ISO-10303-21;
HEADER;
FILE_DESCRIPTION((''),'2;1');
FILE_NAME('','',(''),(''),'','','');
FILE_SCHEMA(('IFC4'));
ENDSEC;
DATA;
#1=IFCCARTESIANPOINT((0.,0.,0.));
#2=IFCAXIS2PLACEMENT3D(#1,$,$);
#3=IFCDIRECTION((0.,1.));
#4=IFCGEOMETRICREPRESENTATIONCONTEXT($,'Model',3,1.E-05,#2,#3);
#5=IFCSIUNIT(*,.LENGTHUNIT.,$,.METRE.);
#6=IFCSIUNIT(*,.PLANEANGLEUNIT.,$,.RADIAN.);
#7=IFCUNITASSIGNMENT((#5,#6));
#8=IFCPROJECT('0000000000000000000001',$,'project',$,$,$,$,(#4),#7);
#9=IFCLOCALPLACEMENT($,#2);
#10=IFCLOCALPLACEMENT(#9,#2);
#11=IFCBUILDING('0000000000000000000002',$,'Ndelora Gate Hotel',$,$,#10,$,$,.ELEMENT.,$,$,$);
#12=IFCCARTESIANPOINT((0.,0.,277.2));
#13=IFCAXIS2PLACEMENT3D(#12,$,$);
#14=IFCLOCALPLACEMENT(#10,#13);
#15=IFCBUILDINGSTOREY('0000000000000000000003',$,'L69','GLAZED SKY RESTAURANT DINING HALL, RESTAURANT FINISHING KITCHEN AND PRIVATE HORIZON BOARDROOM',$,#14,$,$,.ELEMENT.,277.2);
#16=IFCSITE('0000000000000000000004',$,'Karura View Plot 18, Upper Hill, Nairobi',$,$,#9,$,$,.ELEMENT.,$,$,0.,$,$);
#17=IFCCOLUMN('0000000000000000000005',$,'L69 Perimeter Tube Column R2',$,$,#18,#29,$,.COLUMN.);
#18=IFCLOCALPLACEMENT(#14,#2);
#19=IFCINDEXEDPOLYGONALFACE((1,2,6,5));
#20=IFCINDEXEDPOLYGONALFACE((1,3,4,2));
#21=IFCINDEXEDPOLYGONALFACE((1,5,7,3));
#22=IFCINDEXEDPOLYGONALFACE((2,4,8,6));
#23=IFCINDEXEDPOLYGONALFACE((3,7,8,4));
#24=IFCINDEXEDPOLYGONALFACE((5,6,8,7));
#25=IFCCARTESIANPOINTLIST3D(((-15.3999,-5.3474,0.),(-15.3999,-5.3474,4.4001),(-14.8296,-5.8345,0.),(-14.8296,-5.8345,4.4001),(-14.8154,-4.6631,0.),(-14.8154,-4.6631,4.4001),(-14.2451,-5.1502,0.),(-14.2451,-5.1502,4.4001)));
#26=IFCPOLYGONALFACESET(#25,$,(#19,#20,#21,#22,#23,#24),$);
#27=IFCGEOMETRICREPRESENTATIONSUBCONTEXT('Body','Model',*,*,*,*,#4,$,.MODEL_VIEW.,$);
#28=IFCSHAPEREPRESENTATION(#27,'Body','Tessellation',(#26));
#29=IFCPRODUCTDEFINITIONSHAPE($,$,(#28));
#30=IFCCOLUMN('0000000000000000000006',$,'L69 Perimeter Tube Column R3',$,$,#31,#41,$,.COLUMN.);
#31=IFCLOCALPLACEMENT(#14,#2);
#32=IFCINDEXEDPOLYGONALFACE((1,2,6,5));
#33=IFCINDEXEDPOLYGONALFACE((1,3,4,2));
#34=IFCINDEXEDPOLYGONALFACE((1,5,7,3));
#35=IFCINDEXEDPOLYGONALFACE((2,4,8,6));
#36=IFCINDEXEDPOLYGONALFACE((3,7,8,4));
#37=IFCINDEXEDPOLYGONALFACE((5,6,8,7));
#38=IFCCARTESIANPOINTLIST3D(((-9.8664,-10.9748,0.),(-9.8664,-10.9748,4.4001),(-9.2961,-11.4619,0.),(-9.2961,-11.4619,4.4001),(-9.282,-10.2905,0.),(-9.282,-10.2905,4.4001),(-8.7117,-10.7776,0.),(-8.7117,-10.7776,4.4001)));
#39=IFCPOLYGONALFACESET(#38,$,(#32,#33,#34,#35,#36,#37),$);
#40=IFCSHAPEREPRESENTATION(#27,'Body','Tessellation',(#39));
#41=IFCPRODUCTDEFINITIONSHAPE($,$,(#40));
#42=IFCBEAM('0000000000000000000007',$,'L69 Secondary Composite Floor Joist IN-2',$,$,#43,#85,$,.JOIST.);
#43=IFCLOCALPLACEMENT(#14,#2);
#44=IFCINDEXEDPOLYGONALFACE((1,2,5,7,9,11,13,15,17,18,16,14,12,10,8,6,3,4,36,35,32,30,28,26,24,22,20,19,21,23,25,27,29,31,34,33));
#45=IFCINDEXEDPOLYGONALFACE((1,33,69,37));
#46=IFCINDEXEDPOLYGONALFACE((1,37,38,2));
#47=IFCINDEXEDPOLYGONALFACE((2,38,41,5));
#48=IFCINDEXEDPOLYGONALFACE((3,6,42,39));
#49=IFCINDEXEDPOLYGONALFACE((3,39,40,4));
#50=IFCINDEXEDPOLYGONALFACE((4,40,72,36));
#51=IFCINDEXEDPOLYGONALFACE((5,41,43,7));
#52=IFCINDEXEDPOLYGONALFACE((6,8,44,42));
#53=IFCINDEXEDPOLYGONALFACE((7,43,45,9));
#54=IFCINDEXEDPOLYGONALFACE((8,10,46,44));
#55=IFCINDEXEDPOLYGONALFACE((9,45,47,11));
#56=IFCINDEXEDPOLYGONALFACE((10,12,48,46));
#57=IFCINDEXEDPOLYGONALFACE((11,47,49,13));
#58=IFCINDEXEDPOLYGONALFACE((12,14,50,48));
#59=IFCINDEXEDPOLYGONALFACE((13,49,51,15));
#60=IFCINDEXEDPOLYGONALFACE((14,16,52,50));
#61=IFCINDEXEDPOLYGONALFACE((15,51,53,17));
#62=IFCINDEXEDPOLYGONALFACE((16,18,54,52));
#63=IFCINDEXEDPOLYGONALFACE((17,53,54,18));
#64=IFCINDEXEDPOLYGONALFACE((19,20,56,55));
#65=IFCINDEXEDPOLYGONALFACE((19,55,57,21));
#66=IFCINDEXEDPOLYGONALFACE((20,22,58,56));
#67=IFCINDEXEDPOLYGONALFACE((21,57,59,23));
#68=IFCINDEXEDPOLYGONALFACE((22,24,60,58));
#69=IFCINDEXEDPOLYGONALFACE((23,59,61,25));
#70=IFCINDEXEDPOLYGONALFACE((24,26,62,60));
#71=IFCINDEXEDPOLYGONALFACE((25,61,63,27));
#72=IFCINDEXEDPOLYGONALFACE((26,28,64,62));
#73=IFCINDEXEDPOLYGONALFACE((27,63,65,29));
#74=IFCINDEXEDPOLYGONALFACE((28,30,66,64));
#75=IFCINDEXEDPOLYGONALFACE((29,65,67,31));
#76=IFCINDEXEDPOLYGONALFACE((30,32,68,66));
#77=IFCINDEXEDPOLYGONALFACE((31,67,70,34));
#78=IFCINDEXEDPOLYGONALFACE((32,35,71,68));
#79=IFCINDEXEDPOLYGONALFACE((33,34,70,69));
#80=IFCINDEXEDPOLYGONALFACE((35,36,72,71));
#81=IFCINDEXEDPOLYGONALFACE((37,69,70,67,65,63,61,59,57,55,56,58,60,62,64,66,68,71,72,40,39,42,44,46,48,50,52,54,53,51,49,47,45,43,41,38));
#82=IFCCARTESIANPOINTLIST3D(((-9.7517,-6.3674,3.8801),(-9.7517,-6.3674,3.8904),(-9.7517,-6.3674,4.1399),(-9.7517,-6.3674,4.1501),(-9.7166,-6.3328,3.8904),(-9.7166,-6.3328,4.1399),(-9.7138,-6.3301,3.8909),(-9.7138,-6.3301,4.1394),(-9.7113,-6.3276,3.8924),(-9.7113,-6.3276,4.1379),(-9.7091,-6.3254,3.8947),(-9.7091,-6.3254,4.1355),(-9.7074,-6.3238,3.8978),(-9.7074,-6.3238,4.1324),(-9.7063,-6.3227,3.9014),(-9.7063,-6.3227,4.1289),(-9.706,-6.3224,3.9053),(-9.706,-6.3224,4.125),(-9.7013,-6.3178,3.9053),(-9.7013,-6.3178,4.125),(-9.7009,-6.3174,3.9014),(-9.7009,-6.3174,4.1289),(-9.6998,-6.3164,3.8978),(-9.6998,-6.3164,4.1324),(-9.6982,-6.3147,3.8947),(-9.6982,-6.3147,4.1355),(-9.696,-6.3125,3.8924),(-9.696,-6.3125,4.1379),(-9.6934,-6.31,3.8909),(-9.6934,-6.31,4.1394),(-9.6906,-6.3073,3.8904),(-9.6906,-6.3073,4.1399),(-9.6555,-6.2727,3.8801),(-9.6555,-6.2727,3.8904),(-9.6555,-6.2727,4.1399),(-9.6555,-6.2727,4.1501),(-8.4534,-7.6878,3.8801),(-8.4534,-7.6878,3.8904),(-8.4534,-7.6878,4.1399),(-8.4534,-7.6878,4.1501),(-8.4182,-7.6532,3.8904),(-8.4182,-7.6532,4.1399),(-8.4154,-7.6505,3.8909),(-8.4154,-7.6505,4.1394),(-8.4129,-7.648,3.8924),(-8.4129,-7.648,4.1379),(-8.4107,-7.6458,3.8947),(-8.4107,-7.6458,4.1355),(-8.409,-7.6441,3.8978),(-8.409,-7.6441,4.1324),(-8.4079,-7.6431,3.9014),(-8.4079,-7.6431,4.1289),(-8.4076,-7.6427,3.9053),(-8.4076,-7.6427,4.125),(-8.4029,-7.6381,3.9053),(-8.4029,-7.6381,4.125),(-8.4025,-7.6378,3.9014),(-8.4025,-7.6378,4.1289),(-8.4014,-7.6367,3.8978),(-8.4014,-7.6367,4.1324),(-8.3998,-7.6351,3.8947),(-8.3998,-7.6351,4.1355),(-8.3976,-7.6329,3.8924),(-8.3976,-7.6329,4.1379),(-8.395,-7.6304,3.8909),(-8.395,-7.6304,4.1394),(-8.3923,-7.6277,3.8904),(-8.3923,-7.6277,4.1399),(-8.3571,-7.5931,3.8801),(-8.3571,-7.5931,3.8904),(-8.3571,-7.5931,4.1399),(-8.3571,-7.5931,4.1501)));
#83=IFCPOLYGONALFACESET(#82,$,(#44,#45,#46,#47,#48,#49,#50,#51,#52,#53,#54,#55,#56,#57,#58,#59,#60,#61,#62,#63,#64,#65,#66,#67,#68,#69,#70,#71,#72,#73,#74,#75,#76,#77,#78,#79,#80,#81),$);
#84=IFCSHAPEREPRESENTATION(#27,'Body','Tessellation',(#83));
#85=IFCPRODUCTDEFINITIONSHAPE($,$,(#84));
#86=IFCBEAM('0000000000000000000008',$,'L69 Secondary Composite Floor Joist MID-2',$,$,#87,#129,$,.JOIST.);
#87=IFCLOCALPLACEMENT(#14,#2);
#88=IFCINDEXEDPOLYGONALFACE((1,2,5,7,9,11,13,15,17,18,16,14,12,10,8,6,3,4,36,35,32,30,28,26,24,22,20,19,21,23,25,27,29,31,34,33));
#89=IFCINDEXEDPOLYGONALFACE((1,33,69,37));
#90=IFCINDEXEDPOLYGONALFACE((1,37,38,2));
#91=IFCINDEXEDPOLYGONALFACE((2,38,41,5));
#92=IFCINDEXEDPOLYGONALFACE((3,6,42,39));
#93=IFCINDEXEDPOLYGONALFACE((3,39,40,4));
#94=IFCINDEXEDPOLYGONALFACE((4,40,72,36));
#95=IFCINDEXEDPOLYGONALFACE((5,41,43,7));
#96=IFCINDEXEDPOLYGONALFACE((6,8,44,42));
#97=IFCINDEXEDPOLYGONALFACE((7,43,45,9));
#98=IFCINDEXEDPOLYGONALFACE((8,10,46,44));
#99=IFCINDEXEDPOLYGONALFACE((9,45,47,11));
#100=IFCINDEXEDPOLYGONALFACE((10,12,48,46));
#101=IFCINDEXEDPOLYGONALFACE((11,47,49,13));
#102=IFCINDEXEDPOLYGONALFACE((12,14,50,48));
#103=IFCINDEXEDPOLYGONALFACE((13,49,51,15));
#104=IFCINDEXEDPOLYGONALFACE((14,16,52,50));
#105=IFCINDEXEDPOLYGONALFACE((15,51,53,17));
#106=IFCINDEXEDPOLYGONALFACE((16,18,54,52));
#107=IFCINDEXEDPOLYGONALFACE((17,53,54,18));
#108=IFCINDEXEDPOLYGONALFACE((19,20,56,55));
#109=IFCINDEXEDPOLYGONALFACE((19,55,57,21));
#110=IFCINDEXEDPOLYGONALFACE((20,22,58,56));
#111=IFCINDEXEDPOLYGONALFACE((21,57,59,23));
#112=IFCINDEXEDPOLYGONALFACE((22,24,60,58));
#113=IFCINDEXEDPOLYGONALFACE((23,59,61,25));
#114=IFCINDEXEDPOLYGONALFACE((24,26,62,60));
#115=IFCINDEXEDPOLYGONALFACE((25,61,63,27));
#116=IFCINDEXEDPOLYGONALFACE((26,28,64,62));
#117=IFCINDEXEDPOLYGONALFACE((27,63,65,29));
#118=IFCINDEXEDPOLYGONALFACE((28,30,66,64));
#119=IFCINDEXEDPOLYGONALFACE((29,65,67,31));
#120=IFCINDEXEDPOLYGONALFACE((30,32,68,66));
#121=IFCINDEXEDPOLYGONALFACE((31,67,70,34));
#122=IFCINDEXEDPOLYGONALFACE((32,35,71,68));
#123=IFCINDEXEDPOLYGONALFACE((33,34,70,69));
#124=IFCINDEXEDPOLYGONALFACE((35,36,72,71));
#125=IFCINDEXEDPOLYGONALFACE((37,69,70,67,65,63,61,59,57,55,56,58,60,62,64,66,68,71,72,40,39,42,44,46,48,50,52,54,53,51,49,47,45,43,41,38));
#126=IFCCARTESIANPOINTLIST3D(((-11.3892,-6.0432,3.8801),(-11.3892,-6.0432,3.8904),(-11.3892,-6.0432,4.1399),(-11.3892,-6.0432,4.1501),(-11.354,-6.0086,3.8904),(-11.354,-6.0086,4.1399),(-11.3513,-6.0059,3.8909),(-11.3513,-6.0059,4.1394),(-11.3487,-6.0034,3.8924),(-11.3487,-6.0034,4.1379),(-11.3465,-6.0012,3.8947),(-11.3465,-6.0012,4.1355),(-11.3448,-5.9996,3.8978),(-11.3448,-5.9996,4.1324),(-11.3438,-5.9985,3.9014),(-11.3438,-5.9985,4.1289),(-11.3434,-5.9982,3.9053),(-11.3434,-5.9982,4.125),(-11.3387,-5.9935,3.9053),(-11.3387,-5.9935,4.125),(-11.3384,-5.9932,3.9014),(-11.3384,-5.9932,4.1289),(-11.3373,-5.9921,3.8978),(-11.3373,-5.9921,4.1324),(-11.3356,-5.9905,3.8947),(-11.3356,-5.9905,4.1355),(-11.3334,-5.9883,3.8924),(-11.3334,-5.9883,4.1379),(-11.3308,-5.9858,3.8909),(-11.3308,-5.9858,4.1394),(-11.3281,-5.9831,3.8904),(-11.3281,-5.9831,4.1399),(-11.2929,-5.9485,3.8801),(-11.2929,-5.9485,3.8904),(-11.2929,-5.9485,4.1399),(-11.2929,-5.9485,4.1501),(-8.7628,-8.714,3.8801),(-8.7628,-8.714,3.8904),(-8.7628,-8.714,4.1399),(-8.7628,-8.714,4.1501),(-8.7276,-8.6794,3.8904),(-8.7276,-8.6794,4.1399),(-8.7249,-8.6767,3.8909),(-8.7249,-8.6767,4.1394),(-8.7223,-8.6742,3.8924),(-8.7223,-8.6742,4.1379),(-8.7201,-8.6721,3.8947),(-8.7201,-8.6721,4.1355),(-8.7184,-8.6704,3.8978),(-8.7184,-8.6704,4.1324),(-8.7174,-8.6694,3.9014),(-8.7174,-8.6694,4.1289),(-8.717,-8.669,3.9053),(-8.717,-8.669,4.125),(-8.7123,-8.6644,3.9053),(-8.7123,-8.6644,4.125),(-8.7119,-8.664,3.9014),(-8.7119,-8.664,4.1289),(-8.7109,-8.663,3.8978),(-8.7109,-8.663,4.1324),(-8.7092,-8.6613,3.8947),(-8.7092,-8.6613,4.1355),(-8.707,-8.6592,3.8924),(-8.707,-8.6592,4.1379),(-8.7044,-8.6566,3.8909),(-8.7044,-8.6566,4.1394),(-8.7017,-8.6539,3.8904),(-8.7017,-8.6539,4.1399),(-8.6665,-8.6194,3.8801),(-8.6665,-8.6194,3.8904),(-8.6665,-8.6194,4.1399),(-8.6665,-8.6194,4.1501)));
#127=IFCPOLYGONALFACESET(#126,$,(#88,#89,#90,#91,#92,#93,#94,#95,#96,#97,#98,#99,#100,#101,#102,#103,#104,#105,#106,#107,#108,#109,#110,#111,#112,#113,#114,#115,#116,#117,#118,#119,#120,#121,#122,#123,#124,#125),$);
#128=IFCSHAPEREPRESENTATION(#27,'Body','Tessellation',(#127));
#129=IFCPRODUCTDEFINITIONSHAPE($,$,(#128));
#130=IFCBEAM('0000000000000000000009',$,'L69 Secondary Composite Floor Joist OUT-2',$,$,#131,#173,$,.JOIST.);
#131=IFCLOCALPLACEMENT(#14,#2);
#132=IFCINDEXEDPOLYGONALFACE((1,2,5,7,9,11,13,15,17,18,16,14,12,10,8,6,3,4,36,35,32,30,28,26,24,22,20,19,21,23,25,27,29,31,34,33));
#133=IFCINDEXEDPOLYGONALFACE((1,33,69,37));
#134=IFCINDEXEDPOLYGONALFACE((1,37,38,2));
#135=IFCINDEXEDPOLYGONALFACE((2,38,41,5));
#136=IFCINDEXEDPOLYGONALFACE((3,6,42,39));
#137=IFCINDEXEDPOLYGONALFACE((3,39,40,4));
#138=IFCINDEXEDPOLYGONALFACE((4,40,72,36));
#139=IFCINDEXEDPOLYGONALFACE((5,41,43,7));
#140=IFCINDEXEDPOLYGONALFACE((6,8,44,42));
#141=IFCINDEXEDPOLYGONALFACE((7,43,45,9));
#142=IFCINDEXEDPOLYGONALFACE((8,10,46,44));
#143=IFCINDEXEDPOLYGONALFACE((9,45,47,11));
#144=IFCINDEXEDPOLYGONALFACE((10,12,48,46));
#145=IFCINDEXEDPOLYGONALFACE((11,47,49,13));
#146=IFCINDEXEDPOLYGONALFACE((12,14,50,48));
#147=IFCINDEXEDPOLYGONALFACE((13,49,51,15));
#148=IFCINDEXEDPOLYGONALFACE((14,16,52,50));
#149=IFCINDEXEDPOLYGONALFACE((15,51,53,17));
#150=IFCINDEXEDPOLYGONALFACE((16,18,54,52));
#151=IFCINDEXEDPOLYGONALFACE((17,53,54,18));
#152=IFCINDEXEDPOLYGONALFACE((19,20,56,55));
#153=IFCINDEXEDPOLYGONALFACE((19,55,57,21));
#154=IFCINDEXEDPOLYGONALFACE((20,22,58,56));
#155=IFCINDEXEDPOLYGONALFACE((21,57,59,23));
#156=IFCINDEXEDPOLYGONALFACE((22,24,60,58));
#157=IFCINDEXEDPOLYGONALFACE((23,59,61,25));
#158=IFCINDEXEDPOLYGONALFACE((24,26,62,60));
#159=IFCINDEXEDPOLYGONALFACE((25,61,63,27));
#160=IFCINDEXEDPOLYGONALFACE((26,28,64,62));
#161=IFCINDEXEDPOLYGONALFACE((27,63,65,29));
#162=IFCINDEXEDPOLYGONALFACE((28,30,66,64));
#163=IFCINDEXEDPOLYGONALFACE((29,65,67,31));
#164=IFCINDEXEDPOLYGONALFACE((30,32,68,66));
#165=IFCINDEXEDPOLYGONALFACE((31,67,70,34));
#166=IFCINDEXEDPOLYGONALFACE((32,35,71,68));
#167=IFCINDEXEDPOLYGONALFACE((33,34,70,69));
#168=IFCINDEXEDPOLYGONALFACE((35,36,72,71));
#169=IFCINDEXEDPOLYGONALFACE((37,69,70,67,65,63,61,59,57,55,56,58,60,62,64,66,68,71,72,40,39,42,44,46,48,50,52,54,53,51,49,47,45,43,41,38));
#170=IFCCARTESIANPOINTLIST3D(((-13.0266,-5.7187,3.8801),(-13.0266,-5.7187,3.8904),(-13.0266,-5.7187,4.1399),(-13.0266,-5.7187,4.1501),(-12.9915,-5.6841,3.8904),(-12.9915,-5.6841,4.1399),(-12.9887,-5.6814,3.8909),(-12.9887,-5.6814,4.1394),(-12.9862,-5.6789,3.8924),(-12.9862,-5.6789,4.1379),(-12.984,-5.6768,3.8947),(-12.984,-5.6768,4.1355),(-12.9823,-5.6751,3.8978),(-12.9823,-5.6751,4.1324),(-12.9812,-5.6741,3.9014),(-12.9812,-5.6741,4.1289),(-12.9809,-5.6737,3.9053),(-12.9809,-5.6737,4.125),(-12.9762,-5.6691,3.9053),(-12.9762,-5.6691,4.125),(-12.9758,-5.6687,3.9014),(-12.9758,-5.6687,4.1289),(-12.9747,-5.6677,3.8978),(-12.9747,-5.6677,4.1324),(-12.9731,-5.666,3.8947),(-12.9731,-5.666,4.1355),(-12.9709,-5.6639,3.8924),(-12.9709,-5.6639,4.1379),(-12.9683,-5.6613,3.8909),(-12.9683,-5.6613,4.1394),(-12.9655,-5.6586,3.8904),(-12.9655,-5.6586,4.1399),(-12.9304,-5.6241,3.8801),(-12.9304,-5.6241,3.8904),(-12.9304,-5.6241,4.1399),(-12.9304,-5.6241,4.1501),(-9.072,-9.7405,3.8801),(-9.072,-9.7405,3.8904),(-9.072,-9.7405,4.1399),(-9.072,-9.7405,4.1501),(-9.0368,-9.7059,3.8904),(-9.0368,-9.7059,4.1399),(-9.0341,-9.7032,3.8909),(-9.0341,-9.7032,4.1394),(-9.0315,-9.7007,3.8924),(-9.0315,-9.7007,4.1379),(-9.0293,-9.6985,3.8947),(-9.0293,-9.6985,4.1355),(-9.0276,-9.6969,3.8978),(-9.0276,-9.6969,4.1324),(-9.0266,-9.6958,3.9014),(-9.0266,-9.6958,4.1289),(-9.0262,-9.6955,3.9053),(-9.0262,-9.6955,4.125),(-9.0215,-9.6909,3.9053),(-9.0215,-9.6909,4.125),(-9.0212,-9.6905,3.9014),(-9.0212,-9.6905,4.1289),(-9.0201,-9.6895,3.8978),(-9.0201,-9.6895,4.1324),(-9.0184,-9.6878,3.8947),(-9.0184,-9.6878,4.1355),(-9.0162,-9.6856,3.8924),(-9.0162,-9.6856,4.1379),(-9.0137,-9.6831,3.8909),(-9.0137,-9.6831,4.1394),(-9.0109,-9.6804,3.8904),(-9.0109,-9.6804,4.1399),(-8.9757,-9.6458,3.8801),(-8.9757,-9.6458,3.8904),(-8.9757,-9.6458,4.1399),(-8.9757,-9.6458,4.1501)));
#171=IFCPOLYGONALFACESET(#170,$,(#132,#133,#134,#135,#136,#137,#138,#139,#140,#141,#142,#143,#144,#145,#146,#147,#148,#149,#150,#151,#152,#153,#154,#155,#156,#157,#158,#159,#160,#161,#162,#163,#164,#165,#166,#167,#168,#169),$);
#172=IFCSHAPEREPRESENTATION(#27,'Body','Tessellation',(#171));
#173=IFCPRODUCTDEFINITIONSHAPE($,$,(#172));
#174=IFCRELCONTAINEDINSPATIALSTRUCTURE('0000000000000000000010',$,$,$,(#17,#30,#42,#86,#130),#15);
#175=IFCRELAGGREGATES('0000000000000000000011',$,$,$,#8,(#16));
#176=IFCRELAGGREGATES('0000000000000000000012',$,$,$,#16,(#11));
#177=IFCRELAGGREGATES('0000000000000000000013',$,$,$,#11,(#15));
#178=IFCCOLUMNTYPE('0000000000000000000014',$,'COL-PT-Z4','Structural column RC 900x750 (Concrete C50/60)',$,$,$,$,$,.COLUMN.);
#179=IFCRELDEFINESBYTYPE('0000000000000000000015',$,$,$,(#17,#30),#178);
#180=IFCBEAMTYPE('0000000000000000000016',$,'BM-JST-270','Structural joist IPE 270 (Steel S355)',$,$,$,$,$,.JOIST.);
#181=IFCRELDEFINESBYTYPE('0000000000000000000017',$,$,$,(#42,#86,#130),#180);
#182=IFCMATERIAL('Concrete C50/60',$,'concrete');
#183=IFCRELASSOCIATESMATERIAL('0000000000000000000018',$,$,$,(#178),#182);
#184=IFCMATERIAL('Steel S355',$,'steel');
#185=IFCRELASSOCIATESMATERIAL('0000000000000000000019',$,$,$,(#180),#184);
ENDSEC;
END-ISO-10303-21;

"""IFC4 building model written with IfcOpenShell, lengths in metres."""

from ifc_helpers import new_model, si_unit, direction, frame, origin, origin_2d, place, context, subcontext, project, spatial, rectangle, i_section, extrude, material, material_profile, profile_set, type_object, element, save


model = new_model("IFC4")

# Units and contexts
model_context = context("Model", 3, precision=1e-05, world=origin(), true_north=direction((0.0, 1.0)))
body_context = subcontext(model_context, "Body", "Model", "MODEL_VIEW")
ifc_project = project(units=[si_unit("LENGTHUNIT", "METRE"), si_unit("PLANEANGLEUNIT", "RADIAN")], contexts=[model_context])

# Site, building, storey
site_placement = place(None, origin())
site = spatial("IfcSite", under=ifc_project, at=site_placement, Name="Karura View Plot 18, Upper Hill, Nairobi", CompositionType="ELEMENT", RefElevation=0.0)
building_placement = place(site_placement, origin())
building = spatial("IfcBuilding", under=site, at=building_placement, Name="Ndelora Gate Hotel", CompositionType="ELEMENT")
storey_placement = place(building_placement, frame((0.0, 0.0, 277.2)))
storey = spatial("IfcBuildingStorey", under=building, at=storey_placement, Name="L69", Description="GLAZED SKY RESTAURANT DINING HALL, RESTAURANT FINISHING KITCHEN AND PRIVATE HORIZON BOARDROOM", CompositionType="ELEMENT", Elevation=277.2)

# Columns
ifc_material_1 = material(Name="Concrete C50/60", Category="concrete")
ifc_material_profile_1 = material_profile(ifc_material_1, rectangle(XDim=0.75, YDim=0.8999, at=origin_2d()), Name="RC 900x750")
ifc_profile_set_1 = profile_set([ifc_material_profile_1], Name="Concrete C50/60")
column_type = type_object("IfcColumnType", Name="COL-PT-Z4", Description="Structural column RC 900x750 (Concrete C50/60)", PredefinedType="COLUMN", material=ifc_profile_set_1)
for number, where, z_axis, x_axis, name in (
    (1, (-14.8225, -5.2488, 0.0), (0.0, 0.0, 1.0), (-0.760406, 0.649448, 0.0), "L69 Perimeter Tube Column R2"),
    (2, (-9.2891, -10.8762, 0.0), (0.0, 0.0, 1.0), (-0.760406, 0.649448, 0.0), "L69 Perimeter Tube Column R3"),
):
    element("IfcColumn", number, at=place(storey_placement, frame(where, z_axis=z_axis, x_axis=x_axis)), inside=storey, type_object=column_type, Name=name, PredefinedType="COLUMN", context=body_context, shape_type="SweptSolid", body=[
        extrude(rectangle(XDim=0.75, YDim=0.8999, at=origin_2d()), origin(), (0.0, 0.0, 1.0), 4.4001),
    ])

# Beams
ifc_material_2 = material(Name="Steel S355", Category="steel")
ifc_material_profile_2 = material_profile(ifc_material_2, i_section(OverallWidth=0.135, OverallDepth=0.27, WebThickness=0.0066, FlangeThickness=0.0103, FilletRadius=0.0149, at=origin_2d()), Name="IPE 270")
ifc_profile_set_2 = profile_set([ifc_material_profile_2], Name="Steel S355")
beam_type_1 = type_object("IfcBeamType", Name="BM-JST-270", Description="Structural joist IPE 270 (Steel S355)", PredefinedType="JOIST", material=ifc_profile_set_2)
beam_1_placement = place(storey_placement, frame((-9.7036, -6.3201, 4.0151), z_axis=(0.701149, -0.713015, 0.0), x_axis=(0.713015, 0.701149, 0.0)))
element("IfcBeam", 3, at=beam_1_placement, inside=storey, type_object=beam_type_1, Name="L69 Secondary Composite Floor Joist IN-2", PredefinedType="JOIST", context=body_context, shape_type="SweptSolid", body=[
    extrude(i_section(OverallWidth=0.135, OverallDepth=0.27, WebThickness=0.0066, FlangeThickness=0.0103, FilletRadius=0.0149, at=origin_2d()), origin(), (0.0, 0.0, 1.0), 1.8518),
])
beam_2_placement = place(storey_placement, frame((-11.3411, -5.9958, 4.0151), z_axis=(0.701151, -0.713013, 0.0), x_axis=(0.713013, 0.701151, 0.0)))
element("IfcBeam", 4, at=beam_2_placement, inside=storey, type_object=beam_type_1, Name="L69 Secondary Composite Floor Joist MID-2", PredefinedType="JOIST", context=body_context, shape_type="SweptSolid", body=[
    extrude(i_section(OverallWidth=0.135, OverallDepth=0.27, WebThickness=0.0066, FlangeThickness=0.0103, FilletRadius=0.0149, at=origin_2d()), origin(), (0.0, 0.0, 1.0), 3.7458),
])
beam_3_placement = place(storey_placement, frame((-12.9785, -5.6714, 4.0151), z_axis=(0.70113, -0.713033, 0.0), x_axis=(0.713033, 0.70113, 0.0)))
element("IfcBeam", 5, at=beam_3_placement, inside=storey, type_object=beam_type_1, Name="L69 Secondary Composite Floor Joist OUT-2", PredefinedType="JOIST", context=body_context, shape_type="SweptSolid", body=[
    extrude(i_section(OverallWidth=0.135, OverallDepth=0.27, WebThickness=0.0066, FlangeThickness=0.0103, FilletRadius=0.0149, at=origin_2d()), origin(), (0.0, 0.0, 1.0), 5.6404),
])

save(model, "model.ifc")
